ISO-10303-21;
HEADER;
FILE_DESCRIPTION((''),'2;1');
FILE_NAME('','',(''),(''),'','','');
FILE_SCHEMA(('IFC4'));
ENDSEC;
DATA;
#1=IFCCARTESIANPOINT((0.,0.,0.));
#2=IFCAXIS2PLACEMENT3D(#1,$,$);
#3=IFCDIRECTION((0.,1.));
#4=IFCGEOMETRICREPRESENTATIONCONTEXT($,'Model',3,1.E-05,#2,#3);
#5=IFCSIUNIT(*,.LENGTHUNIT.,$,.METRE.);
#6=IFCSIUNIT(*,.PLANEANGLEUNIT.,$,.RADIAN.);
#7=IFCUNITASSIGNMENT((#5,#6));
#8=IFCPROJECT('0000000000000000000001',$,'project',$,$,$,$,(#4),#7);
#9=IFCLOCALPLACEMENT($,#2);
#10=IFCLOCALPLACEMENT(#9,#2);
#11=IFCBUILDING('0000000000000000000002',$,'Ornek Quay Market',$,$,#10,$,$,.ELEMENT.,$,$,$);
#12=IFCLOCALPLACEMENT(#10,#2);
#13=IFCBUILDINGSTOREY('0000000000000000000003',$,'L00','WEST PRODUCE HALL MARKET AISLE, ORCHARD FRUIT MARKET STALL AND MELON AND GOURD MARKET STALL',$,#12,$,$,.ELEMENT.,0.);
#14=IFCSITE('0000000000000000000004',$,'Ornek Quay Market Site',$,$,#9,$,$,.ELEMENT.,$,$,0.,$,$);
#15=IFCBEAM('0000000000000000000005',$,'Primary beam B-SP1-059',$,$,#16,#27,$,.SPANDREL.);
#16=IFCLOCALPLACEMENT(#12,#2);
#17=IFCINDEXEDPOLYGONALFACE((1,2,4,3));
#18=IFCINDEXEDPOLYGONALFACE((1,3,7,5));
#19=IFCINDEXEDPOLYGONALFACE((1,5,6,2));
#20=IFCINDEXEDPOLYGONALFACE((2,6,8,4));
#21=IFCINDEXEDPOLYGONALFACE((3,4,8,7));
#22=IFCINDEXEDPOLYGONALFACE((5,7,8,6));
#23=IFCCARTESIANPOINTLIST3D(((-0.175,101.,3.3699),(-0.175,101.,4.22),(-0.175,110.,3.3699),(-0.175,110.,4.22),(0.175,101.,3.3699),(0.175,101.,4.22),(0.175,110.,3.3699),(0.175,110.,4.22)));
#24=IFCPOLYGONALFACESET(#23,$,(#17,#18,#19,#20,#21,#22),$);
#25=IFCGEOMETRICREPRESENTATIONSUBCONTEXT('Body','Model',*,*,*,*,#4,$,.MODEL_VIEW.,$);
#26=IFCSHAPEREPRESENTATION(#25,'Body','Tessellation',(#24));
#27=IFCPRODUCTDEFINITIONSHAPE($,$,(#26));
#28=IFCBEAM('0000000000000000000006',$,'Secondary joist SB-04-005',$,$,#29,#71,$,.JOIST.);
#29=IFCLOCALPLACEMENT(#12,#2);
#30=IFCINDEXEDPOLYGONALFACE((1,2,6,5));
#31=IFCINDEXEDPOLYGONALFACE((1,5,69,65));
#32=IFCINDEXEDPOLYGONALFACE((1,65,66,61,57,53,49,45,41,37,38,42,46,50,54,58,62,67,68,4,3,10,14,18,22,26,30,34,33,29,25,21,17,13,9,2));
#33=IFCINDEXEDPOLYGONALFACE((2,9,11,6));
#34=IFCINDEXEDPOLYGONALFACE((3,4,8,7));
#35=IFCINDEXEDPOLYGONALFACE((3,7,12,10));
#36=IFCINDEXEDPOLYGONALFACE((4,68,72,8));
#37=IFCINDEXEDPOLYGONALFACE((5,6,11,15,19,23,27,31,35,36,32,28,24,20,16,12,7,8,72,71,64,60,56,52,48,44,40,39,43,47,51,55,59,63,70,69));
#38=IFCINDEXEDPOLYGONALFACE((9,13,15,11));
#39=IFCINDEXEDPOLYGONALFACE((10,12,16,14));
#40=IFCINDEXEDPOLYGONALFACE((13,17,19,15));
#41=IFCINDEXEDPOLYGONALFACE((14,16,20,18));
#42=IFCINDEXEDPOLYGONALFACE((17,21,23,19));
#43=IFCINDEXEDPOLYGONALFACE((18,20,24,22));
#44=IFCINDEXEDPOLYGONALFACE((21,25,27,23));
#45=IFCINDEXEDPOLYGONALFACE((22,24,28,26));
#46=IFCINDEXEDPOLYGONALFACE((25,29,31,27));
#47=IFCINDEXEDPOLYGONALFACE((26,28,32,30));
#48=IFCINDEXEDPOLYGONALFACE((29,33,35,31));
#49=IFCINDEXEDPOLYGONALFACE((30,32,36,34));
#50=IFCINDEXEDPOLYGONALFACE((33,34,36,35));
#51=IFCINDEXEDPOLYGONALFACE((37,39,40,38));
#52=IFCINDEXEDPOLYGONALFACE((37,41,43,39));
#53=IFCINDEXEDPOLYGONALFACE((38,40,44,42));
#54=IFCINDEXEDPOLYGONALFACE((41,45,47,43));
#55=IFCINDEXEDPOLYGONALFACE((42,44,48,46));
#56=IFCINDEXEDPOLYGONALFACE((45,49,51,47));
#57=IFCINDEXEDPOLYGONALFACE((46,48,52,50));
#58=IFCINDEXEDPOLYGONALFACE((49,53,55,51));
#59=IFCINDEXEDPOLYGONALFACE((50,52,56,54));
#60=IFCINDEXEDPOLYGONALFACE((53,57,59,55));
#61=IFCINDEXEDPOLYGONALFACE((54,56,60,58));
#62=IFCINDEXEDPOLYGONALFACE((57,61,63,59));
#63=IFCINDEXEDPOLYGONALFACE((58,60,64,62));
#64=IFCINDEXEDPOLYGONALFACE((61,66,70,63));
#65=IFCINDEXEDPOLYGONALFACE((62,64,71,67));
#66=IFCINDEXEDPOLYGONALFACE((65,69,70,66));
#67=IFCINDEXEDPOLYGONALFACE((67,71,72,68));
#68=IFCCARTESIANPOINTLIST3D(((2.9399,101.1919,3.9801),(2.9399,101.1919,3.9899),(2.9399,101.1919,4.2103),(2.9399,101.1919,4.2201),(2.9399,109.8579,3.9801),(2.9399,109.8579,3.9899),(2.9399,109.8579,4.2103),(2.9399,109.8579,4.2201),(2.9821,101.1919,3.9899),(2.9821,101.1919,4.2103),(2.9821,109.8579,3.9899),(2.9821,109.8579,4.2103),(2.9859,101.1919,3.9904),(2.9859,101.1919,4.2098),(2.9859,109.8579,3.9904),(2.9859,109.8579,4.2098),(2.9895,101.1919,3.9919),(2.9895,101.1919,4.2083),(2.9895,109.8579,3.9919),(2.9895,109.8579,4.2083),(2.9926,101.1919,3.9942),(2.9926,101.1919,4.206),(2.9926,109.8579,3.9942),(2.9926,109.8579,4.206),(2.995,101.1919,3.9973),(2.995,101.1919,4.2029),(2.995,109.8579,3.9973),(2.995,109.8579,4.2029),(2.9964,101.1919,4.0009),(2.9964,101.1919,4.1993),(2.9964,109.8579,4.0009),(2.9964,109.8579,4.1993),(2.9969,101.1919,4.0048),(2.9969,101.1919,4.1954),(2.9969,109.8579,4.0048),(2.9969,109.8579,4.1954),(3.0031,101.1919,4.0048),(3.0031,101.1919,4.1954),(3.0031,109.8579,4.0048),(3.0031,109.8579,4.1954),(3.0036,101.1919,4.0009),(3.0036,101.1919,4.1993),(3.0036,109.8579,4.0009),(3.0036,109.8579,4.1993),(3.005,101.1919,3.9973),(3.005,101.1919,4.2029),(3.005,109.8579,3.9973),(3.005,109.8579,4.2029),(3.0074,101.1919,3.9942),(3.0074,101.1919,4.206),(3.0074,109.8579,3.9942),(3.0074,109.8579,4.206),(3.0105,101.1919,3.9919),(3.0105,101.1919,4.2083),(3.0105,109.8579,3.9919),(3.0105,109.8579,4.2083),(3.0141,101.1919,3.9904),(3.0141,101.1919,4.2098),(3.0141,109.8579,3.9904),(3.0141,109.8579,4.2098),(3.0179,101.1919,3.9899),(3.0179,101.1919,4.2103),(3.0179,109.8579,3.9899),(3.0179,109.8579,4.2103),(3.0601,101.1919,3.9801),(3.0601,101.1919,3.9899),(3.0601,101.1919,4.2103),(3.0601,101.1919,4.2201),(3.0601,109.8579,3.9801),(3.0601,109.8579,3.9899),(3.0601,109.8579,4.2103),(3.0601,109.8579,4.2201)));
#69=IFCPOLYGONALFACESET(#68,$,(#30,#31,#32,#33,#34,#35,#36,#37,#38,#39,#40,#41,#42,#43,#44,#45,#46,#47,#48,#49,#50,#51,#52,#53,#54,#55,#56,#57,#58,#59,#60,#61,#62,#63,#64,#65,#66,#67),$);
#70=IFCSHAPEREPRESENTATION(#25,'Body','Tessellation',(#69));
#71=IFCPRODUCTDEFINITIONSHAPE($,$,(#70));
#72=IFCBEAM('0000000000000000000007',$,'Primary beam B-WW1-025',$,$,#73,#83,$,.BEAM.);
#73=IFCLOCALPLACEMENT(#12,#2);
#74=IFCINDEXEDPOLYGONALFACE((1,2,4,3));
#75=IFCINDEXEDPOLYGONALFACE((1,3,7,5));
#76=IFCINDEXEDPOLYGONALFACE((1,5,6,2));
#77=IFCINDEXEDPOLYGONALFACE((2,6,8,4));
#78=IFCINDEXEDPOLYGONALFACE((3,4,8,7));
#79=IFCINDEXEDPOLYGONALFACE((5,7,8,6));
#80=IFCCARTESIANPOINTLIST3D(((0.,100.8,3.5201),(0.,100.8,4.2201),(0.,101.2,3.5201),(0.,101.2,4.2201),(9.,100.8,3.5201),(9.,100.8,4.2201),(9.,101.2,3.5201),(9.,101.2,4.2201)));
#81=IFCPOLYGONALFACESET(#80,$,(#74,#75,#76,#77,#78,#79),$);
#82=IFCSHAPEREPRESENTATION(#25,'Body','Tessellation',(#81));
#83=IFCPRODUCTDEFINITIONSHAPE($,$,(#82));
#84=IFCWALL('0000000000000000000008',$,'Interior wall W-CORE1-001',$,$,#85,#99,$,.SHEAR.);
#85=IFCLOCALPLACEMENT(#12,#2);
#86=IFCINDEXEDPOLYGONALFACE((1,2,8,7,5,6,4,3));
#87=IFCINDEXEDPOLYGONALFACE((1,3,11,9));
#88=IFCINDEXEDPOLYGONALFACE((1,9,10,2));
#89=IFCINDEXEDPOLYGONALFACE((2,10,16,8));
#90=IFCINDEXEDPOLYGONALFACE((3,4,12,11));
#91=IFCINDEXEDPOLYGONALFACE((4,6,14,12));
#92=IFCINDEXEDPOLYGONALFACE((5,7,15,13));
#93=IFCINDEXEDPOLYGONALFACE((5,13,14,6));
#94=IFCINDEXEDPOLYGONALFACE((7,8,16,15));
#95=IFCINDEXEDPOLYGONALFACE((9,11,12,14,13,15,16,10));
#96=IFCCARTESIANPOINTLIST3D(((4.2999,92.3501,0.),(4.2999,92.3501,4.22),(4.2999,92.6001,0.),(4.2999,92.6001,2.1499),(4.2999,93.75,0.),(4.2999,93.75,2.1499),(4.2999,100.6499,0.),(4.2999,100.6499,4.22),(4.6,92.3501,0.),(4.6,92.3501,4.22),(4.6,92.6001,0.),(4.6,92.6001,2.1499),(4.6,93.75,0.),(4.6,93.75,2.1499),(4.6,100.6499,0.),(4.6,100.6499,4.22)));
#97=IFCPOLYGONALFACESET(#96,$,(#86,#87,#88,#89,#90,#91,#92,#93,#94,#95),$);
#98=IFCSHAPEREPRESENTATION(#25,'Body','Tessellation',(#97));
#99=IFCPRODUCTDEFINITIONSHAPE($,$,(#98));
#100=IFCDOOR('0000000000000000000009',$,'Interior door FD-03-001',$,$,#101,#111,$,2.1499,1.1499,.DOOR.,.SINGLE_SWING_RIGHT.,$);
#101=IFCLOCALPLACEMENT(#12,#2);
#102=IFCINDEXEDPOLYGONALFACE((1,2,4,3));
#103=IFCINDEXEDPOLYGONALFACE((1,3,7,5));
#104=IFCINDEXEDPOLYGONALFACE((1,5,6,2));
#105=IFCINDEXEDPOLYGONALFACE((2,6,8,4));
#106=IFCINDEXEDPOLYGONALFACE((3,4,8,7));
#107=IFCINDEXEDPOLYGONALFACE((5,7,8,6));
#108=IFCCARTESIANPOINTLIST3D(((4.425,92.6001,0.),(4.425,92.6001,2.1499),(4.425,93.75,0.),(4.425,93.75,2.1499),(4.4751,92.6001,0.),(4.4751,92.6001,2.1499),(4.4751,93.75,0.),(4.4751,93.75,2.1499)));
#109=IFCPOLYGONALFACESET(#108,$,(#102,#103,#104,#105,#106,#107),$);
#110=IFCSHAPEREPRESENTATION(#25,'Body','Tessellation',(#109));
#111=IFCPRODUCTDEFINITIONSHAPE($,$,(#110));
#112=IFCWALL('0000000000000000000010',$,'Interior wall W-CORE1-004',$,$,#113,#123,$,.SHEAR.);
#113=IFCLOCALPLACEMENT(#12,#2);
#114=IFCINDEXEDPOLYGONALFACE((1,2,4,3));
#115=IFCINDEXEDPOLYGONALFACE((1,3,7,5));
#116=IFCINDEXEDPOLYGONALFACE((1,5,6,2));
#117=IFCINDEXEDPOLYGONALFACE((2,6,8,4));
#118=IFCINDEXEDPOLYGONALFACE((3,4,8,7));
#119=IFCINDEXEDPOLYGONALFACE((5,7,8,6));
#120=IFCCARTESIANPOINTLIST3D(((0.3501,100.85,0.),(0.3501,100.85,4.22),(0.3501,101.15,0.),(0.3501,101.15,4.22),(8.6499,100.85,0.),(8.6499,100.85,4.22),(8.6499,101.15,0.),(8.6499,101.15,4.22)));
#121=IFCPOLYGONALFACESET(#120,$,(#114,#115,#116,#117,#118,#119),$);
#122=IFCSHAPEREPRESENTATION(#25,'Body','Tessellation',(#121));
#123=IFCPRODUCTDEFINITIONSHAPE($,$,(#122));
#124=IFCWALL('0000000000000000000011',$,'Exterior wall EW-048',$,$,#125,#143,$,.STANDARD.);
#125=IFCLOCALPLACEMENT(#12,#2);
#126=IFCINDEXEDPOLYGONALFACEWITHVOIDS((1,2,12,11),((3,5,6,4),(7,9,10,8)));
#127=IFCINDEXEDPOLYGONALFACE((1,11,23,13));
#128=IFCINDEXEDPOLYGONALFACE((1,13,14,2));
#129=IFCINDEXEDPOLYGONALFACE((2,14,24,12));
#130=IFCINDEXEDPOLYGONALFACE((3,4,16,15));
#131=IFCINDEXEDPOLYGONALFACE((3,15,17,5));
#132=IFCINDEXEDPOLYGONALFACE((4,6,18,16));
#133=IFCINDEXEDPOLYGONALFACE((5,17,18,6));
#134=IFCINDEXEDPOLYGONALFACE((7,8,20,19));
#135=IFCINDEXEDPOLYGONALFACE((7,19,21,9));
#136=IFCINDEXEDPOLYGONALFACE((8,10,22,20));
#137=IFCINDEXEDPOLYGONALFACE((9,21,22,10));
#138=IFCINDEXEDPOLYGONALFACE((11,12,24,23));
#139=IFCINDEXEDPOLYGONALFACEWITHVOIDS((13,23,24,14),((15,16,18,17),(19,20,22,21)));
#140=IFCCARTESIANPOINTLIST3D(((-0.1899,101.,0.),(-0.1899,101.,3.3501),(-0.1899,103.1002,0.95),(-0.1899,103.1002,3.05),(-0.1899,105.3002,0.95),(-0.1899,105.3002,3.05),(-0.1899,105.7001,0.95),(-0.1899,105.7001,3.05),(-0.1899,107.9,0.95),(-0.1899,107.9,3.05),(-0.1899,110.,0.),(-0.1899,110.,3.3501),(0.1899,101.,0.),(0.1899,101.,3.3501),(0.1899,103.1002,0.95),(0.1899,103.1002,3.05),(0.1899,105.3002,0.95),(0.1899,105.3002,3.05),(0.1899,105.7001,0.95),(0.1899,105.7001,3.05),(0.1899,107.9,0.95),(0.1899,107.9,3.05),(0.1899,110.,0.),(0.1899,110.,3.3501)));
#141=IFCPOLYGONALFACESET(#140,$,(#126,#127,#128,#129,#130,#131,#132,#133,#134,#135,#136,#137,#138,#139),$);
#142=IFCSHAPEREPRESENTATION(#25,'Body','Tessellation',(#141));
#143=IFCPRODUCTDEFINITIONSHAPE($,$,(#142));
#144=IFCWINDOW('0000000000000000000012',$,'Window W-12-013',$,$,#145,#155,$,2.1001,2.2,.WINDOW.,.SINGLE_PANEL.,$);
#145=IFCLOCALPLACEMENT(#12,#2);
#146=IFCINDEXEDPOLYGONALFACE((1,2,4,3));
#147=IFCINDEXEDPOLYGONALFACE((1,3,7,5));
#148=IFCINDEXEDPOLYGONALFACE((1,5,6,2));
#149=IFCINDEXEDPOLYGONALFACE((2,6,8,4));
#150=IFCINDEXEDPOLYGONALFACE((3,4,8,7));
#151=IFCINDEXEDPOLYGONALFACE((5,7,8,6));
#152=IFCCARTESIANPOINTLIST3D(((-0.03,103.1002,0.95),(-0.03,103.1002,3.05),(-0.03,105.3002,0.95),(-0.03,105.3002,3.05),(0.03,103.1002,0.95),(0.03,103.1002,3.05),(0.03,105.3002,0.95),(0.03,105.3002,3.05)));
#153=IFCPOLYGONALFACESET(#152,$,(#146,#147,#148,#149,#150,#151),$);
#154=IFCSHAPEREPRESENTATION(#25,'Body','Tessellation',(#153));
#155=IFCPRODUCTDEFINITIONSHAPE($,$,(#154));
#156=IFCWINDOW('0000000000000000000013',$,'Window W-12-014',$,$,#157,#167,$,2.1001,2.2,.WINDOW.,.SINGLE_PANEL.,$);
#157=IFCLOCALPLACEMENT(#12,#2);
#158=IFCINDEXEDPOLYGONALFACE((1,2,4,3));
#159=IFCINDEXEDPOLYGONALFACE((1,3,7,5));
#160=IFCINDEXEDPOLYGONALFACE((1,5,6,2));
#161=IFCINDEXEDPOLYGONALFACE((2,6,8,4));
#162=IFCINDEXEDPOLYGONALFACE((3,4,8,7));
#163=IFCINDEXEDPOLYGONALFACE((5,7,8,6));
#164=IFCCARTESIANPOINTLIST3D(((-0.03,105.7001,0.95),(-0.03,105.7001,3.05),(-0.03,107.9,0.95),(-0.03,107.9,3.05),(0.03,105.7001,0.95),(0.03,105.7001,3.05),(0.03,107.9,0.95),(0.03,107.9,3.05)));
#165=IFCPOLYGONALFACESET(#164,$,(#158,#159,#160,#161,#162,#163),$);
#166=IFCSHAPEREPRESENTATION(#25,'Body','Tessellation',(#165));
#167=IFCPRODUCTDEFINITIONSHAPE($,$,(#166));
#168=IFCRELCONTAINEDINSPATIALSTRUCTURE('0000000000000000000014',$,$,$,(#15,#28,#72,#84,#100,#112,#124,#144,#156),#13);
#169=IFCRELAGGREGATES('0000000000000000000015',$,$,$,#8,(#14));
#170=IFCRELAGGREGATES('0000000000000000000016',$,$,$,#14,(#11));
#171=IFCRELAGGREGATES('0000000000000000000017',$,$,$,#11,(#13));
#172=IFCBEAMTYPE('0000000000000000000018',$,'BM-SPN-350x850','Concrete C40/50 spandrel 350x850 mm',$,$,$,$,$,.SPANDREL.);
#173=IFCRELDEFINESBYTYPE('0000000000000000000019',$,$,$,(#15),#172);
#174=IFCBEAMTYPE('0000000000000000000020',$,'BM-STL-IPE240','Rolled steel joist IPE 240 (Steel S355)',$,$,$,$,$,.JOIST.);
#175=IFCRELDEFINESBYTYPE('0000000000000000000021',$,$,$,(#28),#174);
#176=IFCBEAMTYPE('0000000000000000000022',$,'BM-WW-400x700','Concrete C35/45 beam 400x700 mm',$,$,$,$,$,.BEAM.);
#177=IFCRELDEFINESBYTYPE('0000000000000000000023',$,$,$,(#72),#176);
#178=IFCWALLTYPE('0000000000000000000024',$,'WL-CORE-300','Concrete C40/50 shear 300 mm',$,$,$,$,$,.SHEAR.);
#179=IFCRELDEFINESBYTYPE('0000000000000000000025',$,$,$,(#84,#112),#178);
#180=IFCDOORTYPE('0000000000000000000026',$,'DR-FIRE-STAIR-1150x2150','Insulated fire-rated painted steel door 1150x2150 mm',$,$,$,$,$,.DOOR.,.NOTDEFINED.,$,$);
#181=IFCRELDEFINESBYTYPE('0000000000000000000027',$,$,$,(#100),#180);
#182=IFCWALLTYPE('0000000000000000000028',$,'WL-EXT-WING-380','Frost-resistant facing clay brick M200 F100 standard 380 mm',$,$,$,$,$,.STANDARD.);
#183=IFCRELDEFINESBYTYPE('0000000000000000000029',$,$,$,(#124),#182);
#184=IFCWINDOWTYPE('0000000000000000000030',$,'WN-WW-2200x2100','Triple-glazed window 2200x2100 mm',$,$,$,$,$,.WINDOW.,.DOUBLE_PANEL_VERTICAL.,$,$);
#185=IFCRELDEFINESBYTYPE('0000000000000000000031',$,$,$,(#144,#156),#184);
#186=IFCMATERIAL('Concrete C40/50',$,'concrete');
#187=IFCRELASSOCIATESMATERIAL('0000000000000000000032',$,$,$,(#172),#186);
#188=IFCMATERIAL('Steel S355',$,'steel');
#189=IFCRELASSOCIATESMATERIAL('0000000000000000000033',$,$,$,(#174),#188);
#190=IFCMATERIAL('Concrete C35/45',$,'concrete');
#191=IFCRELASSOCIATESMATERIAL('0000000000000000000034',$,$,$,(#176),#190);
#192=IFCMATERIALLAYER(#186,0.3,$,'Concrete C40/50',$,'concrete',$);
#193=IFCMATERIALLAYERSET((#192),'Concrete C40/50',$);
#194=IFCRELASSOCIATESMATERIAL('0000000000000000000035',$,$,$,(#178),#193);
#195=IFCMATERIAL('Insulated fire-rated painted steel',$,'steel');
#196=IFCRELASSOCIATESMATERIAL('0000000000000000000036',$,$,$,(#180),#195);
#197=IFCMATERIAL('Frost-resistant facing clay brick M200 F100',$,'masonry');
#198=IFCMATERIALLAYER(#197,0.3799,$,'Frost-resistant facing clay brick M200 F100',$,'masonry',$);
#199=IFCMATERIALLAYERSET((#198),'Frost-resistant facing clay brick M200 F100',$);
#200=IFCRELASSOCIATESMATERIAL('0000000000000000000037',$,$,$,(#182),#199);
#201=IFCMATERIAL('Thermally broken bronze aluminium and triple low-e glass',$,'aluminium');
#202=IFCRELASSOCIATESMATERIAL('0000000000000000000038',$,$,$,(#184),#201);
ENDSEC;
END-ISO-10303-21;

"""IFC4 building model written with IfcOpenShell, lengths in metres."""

from ifc_helpers import new_model, si_unit, direction, frame, frame_2d, origin, origin_2d, place, context, subcontext, project, spatial, rectangle, i_section, extrude, material, layer, layer_set, material_profile, profile_set, type_object, element, fill, save


model = new_model("IFC4")

# Units and contexts
model_context = context("Model", 3, precision=1e-05, world=origin(), true_north=direction((0.0, 1.0)))
body_context = subcontext(model_context, "Body", "Model", "MODEL_VIEW")
ifc_project = project(units=[si_unit("LENGTHUNIT", "METRE"), si_unit("PLANEANGLEUNIT", "RADIAN")], contexts=[model_context])

# Site, building, storey
site_placement = place(None, origin())
site = spatial("IfcSite", under=ifc_project, at=site_placement, Name="Ornek Quay Market Site", CompositionType="ELEMENT", RefElevation=0.0)
building_placement = place(site_placement, origin())
building = spatial("IfcBuilding", under=site, at=building_placement, Name="Ornek Quay Market", CompositionType="ELEMENT")
storey_placement = place(building_placement, origin())
storey = spatial("IfcBuildingStorey", under=building, at=storey_placement, Name="L00", Description="WEST PRODUCE HALL MARKET AISLE, ORCHARD FRUIT MARKET STALL AND MELON AND GOURD MARKET STALL", CompositionType="ELEMENT", Elevation=0.0)

# Shared definitions
ifc_material_1 = material(Name="Concrete C35/45", Category="concrete")

# Shared definitions
ifc_material_2 = material(Name="Concrete C40/50", Category="concrete")

# Beams
ifc_material_profile_1 = material_profile(ifc_material_2, rectangle(XDim=0.3501, YDim=0.8501, at=origin_2d()), Name="RC 350x850", Category="concrete")
ifc_profile_set_1 = profile_set([ifc_material_profile_1], Name="Concrete C40/50")
beam_type_1 = type_object("IfcBeamType", Name="BM-SPN-350x850", Description="Concrete C40/50 spandrel 350x850 mm", PredefinedType="SPANDREL", material=ifc_profile_set_1)
beam_1_placement = place(storey_placement, frame((0.0, 101.0, 3.7949), z_axis=(0.0, 1.0, 0.0), x_axis=(-1.0, 0.0, 0.0)))
element("IfcBeam", 1, at=beam_1_placement, inside=storey, type_object=beam_type_1, Name="Primary beam B-SP1-059", PredefinedType="SPANDREL", context=body_context, shape_type="SweptSolid", body=[
    extrude(rectangle(XDim=0.3501, YDim=0.8501, at=origin_2d()), origin(), (0.0, 0.0, 1.0), 9.0),
])
ifc_material_3 = material(Name="Steel S355", Category="steel")
ifc_material_profile_2 = material_profile(ifc_material_3, i_section(OverallWidth=0.1201, OverallDepth=0.24, WebThickness=0.0061, FlangeThickness=0.0098, FilletRadius=0.0149, at=origin_2d()), Name="IPE 240", Category="steel")
ifc_profile_set_2 = profile_set([ifc_material_profile_2], Name="Steel S355")
beam_type_2 = type_object("IfcBeamType", Name="BM-STL-IPE240", Description="Rolled steel joist IPE 240 (Steel S355)", PredefinedType="JOIST", material=ifc_profile_set_2)
beam_2_placement = place(storey_placement, frame((3.0, 101.1919, 4.1001), z_axis=(0.0, 1.0, 0.0), x_axis=(-1.0, 0.0, 0.0)))
element("IfcBeam", 2, at=beam_2_placement, inside=storey, type_object=beam_type_2, Name="Secondary joist SB-04-005", PredefinedType="JOIST", context=body_context, shape_type="SweptSolid", body=[
    extrude(i_section(OverallWidth=0.1201, OverallDepth=0.24, WebThickness=0.0061, FlangeThickness=0.0098, FilletRadius=0.0149, at=origin_2d()), origin(), (0.0, 0.0, 1.0), 8.666),
])
ifc_material_profile_3 = material_profile(ifc_material_1, rectangle(XDim=0.3999, YDim=0.7, at=origin_2d()), Name="RC 400x700", Category="concrete")
ifc_profile_set_3 = profile_set([ifc_material_profile_3], Name="Concrete C35/45")
beam_type_3 = type_object("IfcBeamType", Name="BM-WW-400x700", Description="Concrete C35/45 beam 400x700 mm", PredefinedType="BEAM", material=ifc_profile_set_3)
beam_3_placement = place(storey_placement, frame((0.0, 101.0, 3.8701), z_axis=(1.0, 0.0, 0.0), x_axis=(0.0, 1.0, 0.0)))
element("IfcBeam", 3, at=beam_3_placement, inside=storey, type_object=beam_type_3, Name="Primary beam B-WW1-025", PredefinedType="BEAM", context=body_context, shape_type="SweptSolid", body=[
    extrude(rectangle(XDim=0.3999, YDim=0.7, at=origin_2d()), origin(), (0.0, 0.0, 1.0), 9.0),
])

# Wall, opening, door
ifc_layer_1 = layer(ifc_material_2, 0.3, Name="Concrete C40/50", Category="concrete")
ifc_layer_set_1 = layer_set([ifc_layer_1], Name="Concrete C40/50")
wall_type_1 = type_object("IfcWallType", Name="WL-CORE-300", Description="Concrete C40/50 shear 300 mm", PredefinedType="SHEAR", material=ifc_layer_set_1)
wall_1_placement = place(storey_placement, frame((4.45, 92.3501, 0.0), z_axis=(0.0, 0.0, 1.0), x_axis=(0.0, 1.0, 0.0)))
wall_1 = element("IfcWall", 4, at=wall_1_placement, inside=storey, type_object=wall_type_1, Name="Interior wall W-CORE1-001", PredefinedType="SHEAR", context=body_context, shape_type="SweptSolid", body=[
    extrude(rectangle(XDim=8.2998, YDim=0.3, at=frame_2d((4.1499, 0.0))), origin(), (0.0, 0.0, 1.0), 4.22),
])
opening_1_placement = place(wall_1_placement, frame((0.25, 0.0, 0.0)))
opening_1 = element("IfcOpeningElement", 5, at=opening_1_placement, cuts=wall_1, PredefinedType="OPENING", context=body_context, shape_type="SweptSolid", body=[
    extrude(rectangle(XDim=1.1499, YDim=2.1499, at=frame_2d((0.575, 1.075))), frame((0.0, 0.1599, 0.0), z_axis=(0.0, -1.0, 0.0), x_axis=(1.0, 0.0, 0.0)), (0.0, 0.0, 1.0), 0.3201),
])
ifc_material_4 = material(Name="Insulated fire-rated painted steel", Category="steel")
door_type = type_object("IfcDoorType", Name="DR-FIRE-STAIR-1150x2150", Description="Insulated fire-rated painted steel door 1150x2150 mm", OperationType="NOTDEFINED", PredefinedType="DOOR", material=ifc_material_4)
door_placement = place(opening_1_placement, origin())
door = element("IfcDoor", 6, at=door_placement, inside=storey, type_object=door_type, Name="Interior door FD-03-001", OperationType="SINGLE_SWING_RIGHT", OverallHeight=2.1499, OverallWidth=1.1499, PredefinedType="DOOR", context=body_context, shape_type="SweptSolid", body=[
    extrude(rectangle(XDim=1.1499, YDim=2.1499, at=frame_2d((0.575, 1.075))), frame((0.0, 0.0249, 0.0), z_axis=(0.0, -1.0, 0.0), x_axis=(1.0, 0.0, 0.0)), (0.0, 0.0, 1.0), 0.05),
])
fill(opening_1, door)

# Wall
wall_2_placement = place(storey_placement, frame((0.3501, 101.0, 0.0), z_axis=(0.0, 0.0, 1.0), x_axis=(1.0, 0.0, 0.0)))
element("IfcWall", 7, at=wall_2_placement, inside=storey, type_object=wall_type_1, Name="Interior wall W-CORE1-004", PredefinedType="SHEAR", context=body_context, shape_type="SweptSolid", body=[
    extrude(rectangle(XDim=8.2998, YDim=0.3, at=frame_2d((4.1499, 0.0))), origin(), (0.0, 0.0, 1.0), 4.22),
])

# Wall, openings, windows
ifc_material_5 = material(Name="Frost-resistant facing clay brick M200 F100", Category="masonry")
ifc_layer_2 = layer(ifc_material_5, 0.3799, Name="Frost-resistant facing clay brick M200 F100", Category="masonry")
ifc_layer_set_2 = layer_set([ifc_layer_2], Name="Frost-resistant facing clay brick M200 F100")
wall_type_2 = type_object("IfcWallType", Name="WL-EXT-WING-380", Description="Frost-resistant facing clay brick M200 F100 standard 380 mm", PredefinedType="STANDARD", material=ifc_layer_set_2)
wall_3_placement = place(storey_placement, frame((0.0, 101.0, 0.0), z_axis=(0.0, 0.0, 1.0), x_axis=(0.0, 1.0, 0.0)))
wall_3 = element("IfcWall", 8, at=wall_3_placement, inside=storey, type_object=wall_type_2, Name="Exterior wall EW-048", PredefinedType="STANDARD", context=body_context, shape_type="SweptSolid", body=[
    extrude(rectangle(XDim=9.0, YDim=0.3799, at=frame_2d((4.5, 0.0))), origin(), (0.0, 0.0, 1.0), 3.3501),
])
opening_2_placement = place(wall_3_placement, frame((2.1001, 0.0, 0.95)))
opening_2 = element("IfcOpeningElement", 9, at=opening_2_placement, cuts=wall_3, PredefinedType="OPENING", context=body_context, shape_type="SweptSolid", body=[
    extrude(rectangle(XDim=2.2, YDim=2.1001, at=frame_2d((1.1001, 1.05))), frame((0.0, 0.2, 0.0), z_axis=(0.0, -1.0, 0.0), x_axis=(1.0, 0.0, 0.0)), (0.0, 0.0, 1.0), 0.3999),
])
opening_3_placement = place(wall_3_placement, frame((4.7, 0.0, 0.95)))
opening_3 = element("IfcOpeningElement", 10, at=opening_3_placement, cuts=wall_3, PredefinedType="OPENING", context=body_context, shape_type="SweptSolid", body=[
    extrude(rectangle(XDim=2.2, YDim=2.1001, at=frame_2d((1.1001, 1.05))), frame((0.0, 0.2, 0.0), z_axis=(0.0, -1.0, 0.0), x_axis=(1.0, 0.0, 0.0)), (0.0, 0.0, 1.0), 0.3999),
])
ifc_material_6 = material(Name="Thermally broken bronze aluminium and triple low-e glass", Category="aluminium")
window_type = type_object("IfcWindowType", Name="WN-WW-2200x2100", Description="Triple-glazed window 2200x2100 mm", PartitioningType="DOUBLE_PANEL_VERTICAL", PredefinedType="WINDOW", material=ifc_material_6)
window_1_placement = place(opening_2_placement, origin())
window_1 = element("IfcWindow", 11, at=window_1_placement, inside=storey, type_object=window_type, Name="Window W-12-013", OverallHeight=2.1001, OverallWidth=2.2, PartitioningType="SINGLE_PANEL", PredefinedType="WINDOW", context=body_context, shape_type="SweptSolid", body=[
    extrude(rectangle(XDim=2.2, YDim=2.1001, at=frame_2d((1.1001, 1.05))), frame((0.0, 0.03, 0.0), z_axis=(0.0, -1.0, 0.0), x_axis=(1.0, 0.0, 0.0)), (0.0, 0.0, 1.0), 0.0601),
])
fill(opening_2, window_1)
window_2_placement = place(opening_3_placement, origin())
window_2 = element("IfcWindow", 12, at=window_2_placement, inside=storey, type_object=window_type, Name="Window W-12-014", OverallHeight=2.1001, OverallWidth=2.2, PartitioningType="SINGLE_PANEL", PredefinedType="WINDOW", context=body_context, shape_type="SweptSolid", body=[
    extrude(rectangle(XDim=2.2, YDim=2.1001, at=frame_2d((1.1001, 1.05))), frame((0.0, 0.03, 0.0), z_axis=(0.0, -1.0, 0.0), x_axis=(1.0, 0.0, 0.0)), (0.0, 0.0, 1.0), 0.0601),
])
fill(opening_3, window_2)

save(model, "model.ifc")
